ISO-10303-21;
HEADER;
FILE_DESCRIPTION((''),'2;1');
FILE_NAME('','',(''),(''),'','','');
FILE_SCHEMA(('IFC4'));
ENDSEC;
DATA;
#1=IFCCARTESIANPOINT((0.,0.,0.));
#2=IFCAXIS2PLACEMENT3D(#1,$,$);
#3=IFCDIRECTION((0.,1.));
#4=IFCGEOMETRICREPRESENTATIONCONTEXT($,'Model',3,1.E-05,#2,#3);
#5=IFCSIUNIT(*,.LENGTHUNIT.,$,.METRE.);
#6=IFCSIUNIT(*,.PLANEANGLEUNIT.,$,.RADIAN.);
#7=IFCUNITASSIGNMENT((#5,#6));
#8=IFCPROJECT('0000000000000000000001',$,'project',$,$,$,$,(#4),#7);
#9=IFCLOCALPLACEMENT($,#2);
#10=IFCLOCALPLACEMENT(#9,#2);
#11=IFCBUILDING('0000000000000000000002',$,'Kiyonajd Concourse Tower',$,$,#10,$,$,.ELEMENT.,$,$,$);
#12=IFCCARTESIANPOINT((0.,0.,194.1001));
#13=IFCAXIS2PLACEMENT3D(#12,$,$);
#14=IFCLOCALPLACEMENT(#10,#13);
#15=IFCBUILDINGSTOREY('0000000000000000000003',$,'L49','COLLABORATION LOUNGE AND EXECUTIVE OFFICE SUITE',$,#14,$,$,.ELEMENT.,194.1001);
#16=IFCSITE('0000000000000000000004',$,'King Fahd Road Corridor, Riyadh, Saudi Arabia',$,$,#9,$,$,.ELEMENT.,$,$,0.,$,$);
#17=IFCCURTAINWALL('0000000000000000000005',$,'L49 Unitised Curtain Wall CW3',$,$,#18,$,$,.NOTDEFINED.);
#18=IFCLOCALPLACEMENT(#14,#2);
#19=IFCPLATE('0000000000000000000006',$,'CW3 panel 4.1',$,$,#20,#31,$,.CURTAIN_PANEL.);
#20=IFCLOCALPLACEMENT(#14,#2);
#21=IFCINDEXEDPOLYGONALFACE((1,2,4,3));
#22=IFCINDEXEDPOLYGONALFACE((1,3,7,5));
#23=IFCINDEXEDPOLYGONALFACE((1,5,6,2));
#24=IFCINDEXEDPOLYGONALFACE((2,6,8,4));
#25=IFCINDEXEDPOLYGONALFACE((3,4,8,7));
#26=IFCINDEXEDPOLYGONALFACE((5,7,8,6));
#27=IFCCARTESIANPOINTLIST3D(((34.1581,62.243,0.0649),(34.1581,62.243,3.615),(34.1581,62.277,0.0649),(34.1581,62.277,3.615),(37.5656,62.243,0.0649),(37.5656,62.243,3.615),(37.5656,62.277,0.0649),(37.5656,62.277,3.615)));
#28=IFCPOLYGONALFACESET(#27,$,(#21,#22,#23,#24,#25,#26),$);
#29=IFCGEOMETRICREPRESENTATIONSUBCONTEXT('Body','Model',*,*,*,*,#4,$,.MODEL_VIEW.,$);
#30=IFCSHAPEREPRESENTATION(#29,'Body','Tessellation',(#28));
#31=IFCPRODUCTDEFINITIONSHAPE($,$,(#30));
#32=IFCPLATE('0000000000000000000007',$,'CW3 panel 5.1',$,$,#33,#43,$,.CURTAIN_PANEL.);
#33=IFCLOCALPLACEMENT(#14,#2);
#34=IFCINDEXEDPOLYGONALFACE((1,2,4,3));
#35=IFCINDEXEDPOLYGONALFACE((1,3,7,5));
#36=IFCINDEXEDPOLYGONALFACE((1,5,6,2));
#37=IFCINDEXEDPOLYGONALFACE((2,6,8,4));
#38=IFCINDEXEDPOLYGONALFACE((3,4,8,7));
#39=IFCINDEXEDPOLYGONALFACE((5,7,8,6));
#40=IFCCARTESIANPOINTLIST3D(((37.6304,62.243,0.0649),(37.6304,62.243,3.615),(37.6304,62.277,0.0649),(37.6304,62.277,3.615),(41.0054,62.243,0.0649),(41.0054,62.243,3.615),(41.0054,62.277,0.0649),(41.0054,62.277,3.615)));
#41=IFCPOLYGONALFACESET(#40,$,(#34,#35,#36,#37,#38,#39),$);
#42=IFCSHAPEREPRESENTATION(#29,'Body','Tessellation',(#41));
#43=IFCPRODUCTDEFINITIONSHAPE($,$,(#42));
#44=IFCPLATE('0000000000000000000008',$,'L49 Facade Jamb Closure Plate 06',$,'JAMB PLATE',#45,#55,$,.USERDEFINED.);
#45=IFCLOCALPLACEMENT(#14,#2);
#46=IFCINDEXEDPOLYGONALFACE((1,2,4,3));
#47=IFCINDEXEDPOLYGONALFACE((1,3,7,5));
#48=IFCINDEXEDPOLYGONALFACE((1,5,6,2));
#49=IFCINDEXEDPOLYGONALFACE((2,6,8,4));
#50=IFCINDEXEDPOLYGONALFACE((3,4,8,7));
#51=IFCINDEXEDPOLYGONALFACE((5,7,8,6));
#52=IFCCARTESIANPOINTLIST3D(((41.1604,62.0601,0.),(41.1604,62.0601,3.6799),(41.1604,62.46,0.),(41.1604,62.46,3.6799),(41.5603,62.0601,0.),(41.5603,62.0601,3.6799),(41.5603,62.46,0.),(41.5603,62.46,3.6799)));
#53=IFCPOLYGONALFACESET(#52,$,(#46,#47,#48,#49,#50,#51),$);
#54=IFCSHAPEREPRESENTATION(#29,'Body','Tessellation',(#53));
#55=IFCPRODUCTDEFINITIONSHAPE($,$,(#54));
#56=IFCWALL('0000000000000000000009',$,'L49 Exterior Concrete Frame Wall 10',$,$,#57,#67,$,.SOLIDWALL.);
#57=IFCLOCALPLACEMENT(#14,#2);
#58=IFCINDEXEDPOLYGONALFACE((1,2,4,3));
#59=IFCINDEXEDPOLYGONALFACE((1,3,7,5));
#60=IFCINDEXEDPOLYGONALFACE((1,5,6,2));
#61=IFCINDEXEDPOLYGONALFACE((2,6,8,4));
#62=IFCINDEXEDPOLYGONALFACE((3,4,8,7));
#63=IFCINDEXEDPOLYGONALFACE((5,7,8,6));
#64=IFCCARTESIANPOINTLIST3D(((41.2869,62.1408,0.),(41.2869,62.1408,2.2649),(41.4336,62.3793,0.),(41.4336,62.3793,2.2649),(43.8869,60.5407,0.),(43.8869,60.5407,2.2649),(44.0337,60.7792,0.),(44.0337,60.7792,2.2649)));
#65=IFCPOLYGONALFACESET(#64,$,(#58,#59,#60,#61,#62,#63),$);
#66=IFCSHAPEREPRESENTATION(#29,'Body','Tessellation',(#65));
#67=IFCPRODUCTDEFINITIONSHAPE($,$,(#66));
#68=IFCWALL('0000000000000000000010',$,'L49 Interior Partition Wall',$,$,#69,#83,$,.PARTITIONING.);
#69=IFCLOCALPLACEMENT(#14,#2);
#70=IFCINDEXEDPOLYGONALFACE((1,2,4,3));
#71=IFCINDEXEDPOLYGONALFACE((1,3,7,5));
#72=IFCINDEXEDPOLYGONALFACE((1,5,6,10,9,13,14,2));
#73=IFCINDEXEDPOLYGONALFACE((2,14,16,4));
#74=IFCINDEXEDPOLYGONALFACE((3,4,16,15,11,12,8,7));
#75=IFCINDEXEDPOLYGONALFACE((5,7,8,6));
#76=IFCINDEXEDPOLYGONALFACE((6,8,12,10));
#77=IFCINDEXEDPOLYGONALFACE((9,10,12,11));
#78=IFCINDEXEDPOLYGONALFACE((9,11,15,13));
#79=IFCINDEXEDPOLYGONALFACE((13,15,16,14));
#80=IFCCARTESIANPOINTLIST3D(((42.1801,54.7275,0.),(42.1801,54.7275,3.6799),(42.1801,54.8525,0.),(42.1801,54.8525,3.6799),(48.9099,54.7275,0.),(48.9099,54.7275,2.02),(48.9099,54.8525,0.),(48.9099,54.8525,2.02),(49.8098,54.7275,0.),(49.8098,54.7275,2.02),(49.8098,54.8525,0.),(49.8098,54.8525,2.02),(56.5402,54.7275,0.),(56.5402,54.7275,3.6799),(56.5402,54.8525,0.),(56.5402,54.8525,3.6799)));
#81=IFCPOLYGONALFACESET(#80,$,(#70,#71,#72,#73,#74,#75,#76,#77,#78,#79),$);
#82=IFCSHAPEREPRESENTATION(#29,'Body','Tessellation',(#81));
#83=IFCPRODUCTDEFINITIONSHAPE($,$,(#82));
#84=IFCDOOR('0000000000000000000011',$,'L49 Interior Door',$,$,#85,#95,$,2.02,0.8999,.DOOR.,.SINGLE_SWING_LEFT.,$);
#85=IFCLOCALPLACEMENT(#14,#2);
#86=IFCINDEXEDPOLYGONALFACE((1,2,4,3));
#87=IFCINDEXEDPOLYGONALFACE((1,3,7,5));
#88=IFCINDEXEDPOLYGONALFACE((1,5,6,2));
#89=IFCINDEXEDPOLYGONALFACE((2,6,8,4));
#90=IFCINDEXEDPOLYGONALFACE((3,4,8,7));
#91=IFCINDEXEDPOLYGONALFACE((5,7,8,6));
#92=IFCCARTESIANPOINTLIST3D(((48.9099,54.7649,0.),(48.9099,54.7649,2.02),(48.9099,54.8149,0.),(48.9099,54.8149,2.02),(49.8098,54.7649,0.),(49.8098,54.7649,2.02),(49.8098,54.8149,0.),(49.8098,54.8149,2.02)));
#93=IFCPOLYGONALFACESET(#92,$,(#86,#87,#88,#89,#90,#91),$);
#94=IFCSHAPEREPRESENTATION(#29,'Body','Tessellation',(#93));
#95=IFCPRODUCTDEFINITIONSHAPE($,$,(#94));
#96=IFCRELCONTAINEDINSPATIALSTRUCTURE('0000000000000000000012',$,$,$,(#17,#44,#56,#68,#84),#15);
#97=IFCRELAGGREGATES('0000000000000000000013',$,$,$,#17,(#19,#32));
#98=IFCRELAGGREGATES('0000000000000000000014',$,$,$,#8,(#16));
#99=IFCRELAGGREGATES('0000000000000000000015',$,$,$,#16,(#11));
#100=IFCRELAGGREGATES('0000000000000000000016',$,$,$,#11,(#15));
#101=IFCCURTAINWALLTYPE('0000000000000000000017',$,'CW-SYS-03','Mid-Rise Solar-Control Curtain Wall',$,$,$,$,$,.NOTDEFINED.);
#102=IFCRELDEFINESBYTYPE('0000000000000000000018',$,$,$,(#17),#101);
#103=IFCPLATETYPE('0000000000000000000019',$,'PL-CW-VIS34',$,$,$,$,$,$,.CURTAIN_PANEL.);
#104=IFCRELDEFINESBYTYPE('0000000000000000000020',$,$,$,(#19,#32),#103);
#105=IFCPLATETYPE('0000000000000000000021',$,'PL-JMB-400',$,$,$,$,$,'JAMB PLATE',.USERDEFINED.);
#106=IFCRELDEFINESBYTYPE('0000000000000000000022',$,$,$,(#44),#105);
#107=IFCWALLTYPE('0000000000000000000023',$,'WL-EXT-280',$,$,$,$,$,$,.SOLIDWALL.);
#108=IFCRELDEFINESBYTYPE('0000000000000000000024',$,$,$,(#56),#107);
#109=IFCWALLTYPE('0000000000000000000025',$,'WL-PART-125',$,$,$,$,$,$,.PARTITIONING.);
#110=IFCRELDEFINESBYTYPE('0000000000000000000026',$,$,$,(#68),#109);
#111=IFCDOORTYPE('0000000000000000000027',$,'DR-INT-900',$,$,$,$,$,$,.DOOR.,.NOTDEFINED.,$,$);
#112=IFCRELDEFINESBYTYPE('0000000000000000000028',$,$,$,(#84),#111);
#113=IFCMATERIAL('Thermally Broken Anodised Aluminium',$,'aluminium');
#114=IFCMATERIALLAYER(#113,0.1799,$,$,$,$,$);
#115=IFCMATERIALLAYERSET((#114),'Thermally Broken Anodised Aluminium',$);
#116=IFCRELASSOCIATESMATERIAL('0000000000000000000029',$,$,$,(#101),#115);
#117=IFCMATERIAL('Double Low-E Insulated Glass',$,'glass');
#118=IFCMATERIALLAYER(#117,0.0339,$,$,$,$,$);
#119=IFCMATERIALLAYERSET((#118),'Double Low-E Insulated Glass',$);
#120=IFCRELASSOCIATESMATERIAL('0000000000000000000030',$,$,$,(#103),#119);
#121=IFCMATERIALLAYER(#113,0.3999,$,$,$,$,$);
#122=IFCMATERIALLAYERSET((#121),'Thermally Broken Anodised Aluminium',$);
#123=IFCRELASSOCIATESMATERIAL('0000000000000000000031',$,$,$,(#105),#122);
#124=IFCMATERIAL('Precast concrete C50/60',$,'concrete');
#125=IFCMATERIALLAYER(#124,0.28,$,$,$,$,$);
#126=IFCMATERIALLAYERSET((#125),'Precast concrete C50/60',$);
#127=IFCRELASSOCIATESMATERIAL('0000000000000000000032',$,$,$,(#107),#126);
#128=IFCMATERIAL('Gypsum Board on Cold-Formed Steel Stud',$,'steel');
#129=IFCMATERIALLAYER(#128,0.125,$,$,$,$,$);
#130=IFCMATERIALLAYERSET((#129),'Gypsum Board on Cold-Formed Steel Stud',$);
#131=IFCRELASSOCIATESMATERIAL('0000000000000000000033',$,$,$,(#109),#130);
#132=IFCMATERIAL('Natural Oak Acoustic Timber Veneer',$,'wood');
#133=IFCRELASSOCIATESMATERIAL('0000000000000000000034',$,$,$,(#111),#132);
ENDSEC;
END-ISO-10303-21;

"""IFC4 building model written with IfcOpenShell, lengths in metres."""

from ifc_helpers import new_model, si_unit, direction, frame, frame_2d, origin, origin_2d, place, context, subcontext, project, spatial, rectangle, extrude, material, layer, layer_set, type_object, element, fill, aggregate, save


model = new_model("IFC4")

# Units and contexts
model_context = context("Model", 3, precision=1e-05, world=origin(), true_north=direction((0.0, 1.0)))
body_context = subcontext(model_context, "Body", "Model", "MODEL_VIEW")
ifc_project = project(units=[si_unit("LENGTHUNIT", "METRE"), si_unit("PLANEANGLEUNIT", "RADIAN")], contexts=[model_context])

# Site, building, storey
site_placement = place(None, origin())
site = spatial("IfcSite", under=ifc_project, at=site_placement, Name="King Fahd Road Corridor, Riyadh, Saudi Arabia", CompositionType="ELEMENT", RefElevation=0.0)
building_placement = place(site_placement, origin())
building = spatial("IfcBuilding", under=site, at=building_placement, Name="Kiyonajd Concourse Tower", CompositionType="ELEMENT")
storey_placement = place(building_placement, frame((0.0, 0.0, 194.1001)))
storey = spatial("IfcBuildingStorey", under=building, at=storey_placement, Name="L49", Description="COLLABORATION LOUNGE AND EXECUTIVE OFFICE SUITE", CompositionType="ELEMENT", Elevation=194.1001)

# Curtain wall
ifc_material_1 = material(Name="Thermally Broken Anodised Aluminium", Category="aluminium")
ifc_layer_1 = layer(ifc_material_1, 0.1799)
ifc_layer_set_1 = layer_set([ifc_layer_1], Name="Thermally Broken Anodised Aluminium")
curtain_wall_type = type_object("IfcCurtainWallType", Name="CW-SYS-03", Description="Mid-Rise Solar-Control Curtain Wall", PredefinedType="NOTDEFINED", material=ifc_layer_set_1)
curtain_wall_placement = place(storey_placement, origin())
curtain_wall = element("IfcCurtainWall", 1, at=curtain_wall_placement, inside=storey, type_object=curtain_wall_type, Name="L49 Unitised Curtain Wall CW3", PredefinedType="NOTDEFINED")

# Plates
ifc_material_2 = material(Name="Double Low-E Insulated Glass", Category="glass")
ifc_layer_2 = layer(ifc_material_2, 0.0339)
ifc_layer_set_2 = layer_set([ifc_layer_2], Name="Double Low-E Insulated Glass")
plate_type_1 = type_object("IfcPlateType", Name="PL-CW-VIS34", PredefinedType="CURTAIN_PANEL", material=ifc_layer_set_2)
plate_1_placement = place(storey_placement, frame((35.8618, 62.26, 0.0649), z_axis=(0.0, 0.0, 1.0), x_axis=(1.0, 0.0, 0.0)))
plate_1 = element("IfcPlate", 2, at=plate_1_placement, type_object=plate_type_1, Name="CW3 panel 4.1", PredefinedType="CURTAIN_PANEL", context=body_context, shape_type="SweptSolid", body=[
    extrude(rectangle(XDim=3.4075, YDim=0.0339, at=origin_2d()), origin(), (0.0, 0.0, 1.0), 3.55),
])
plate_2_placement = place(storey_placement, frame((39.3179, 62.26, 0.0649), z_axis=(0.0, 0.0, 1.0), x_axis=(1.0, 0.0, 0.0)))
plate_2 = element("IfcPlate", 3, at=plate_2_placement, type_object=plate_type_1, Name="CW3 panel 5.1", PredefinedType="CURTAIN_PANEL", context=body_context, shape_type="SweptSolid", body=[
    extrude(rectangle(XDim=3.375, YDim=0.0339, at=origin_2d()), origin(), (0.0, 0.0, 1.0), 3.55),
])
aggregate(curtain_wall, [plate_1, plate_2])
ifc_layer_3 = layer(ifc_material_1, 0.3999)
ifc_layer_set_3 = layer_set([ifc_layer_3], Name="Thermally Broken Anodised Aluminium")
plate_type_2 = type_object("IfcPlateType", Name="PL-JMB-400", ElementType="JAMB PLATE", PredefinedType="USERDEFINED", material=ifc_layer_set_3)
plate_3_placement = place(storey_placement, frame((41.3604, 62.26, 0.0), z_axis=(0.0, 0.0, 1.0), x_axis=(1.0, 0.0, 0.0)))
element("IfcPlate", 4, at=plate_3_placement, inside=storey, type_object=plate_type_2, Name="L49 Facade Jamb Closure Plate 06", ObjectType="JAMB PLATE", PredefinedType="USERDEFINED", context=body_context, shape_type="SweptSolid", body=[
    extrude(rectangle(XDim=0.3999, YDim=0.3999, at=origin_2d()), origin(), (0.0, 0.0, 1.0), 3.6799),
])

# Wall
ifc_material_3 = material(Name="Precast concrete C50/60", Category="concrete")
ifc_layer_4 = layer(ifc_material_3, 0.28)
ifc_layer_set_4 = layer_set([ifc_layer_4], Name="Precast concrete C50/60")
wall_type_1 = type_object("IfcWallType", Name="WL-EXT-280", PredefinedType="SOLIDWALL", material=ifc_layer_set_4)
wall_1_placement = place(storey_placement, frame((41.3604, 62.26, 0.0), z_axis=(0.0, 0.0, 1.0), x_axis=(0.851653, -0.524106, 0.0)))
element("IfcWall", 5, at=wall_1_placement, inside=storey, type_object=wall_type_1, Name="L49 Exterior Concrete Frame Wall 10", PredefinedType="SOLIDWALL", context=body_context, shape_type="SweptSolid", body=[
    extrude(rectangle(XDim=3.053, YDim=0.28, at=frame_2d((1.5264, 0.0))), origin(), (0.0, 0.0, 1.0), 2.2649),
])

# Wall, opening, door
ifc_material_4 = material(Name="Gypsum Board on Cold-Formed Steel Stud", Category="steel")
ifc_layer_5 = layer(ifc_material_4, 0.125)
ifc_layer_set_5 = layer_set([ifc_layer_5], Name="Gypsum Board on Cold-Formed Steel Stud")
wall_type_2 = type_object("IfcWallType", Name="WL-PART-125", PredefinedType="PARTITIONING", material=ifc_layer_set_5)
wall_2_placement = place(storey_placement, frame((42.1799, 54.79, 0.0), z_axis=(0.0, 0.0, 1.0), x_axis=(1.0, 0.0, 0.0)))
wall_2 = element("IfcWall", 6, at=wall_2_placement, inside=storey, type_object=wall_type_2, Name="L49 Interior Partition Wall", PredefinedType="PARTITIONING", context=body_context, shape_type="SweptSolid", body=[
    extrude(rectangle(XDim=14.3601, YDim=0.125, at=frame_2d((7.1802, 0.0))), origin(), (0.0, 0.0, 1.0), 3.6799),
])
opening_placement = place(wall_2_placement, frame((6.73, 0.0, 0.0)))
opening = element("IfcOpeningElement", 7, at=opening_placement, cuts=wall_2, PredefinedType="OPENING", context=body_context, shape_type="SweptSolid", body=[
    extrude(rectangle(XDim=0.8999, YDim=2.02, at=frame_2d((0.45, 1.01))), frame((0.0, 0.0725, 0.0), z_axis=(0.0, -1.0, 0.0), x_axis=(1.0, 0.0, 0.0)), (0.0, 0.0, 1.0), 0.145),
])
ifc_material_5 = material(Name="Natural Oak Acoustic Timber Veneer", Category="wood")
door_type = type_object("IfcDoorType", Name="DR-INT-900", OperationType="NOTDEFINED", PredefinedType="DOOR", material=ifc_material_5)
door_placement = place(opening_placement, origin())
door = element("IfcDoor", 8, at=door_placement, inside=storey, type_object=door_type, Name="L49 Interior Door", OperationType="SINGLE_SWING_LEFT", OverallHeight=2.02, OverallWidth=0.8999, PredefinedType="DOOR", context=body_context, shape_type="SweptSolid", body=[
    extrude(rectangle(XDim=0.8999, YDim=2.02, at=frame_2d((0.45, 1.01))), frame((0.0, 0.0249, 0.0), z_axis=(0.0, -1.0, 0.0), x_axis=(1.0, 0.0, 0.0)), (0.0, 0.0, 1.0), 0.05),
])
fill(opening, door)

save(model, "model.ifc")
